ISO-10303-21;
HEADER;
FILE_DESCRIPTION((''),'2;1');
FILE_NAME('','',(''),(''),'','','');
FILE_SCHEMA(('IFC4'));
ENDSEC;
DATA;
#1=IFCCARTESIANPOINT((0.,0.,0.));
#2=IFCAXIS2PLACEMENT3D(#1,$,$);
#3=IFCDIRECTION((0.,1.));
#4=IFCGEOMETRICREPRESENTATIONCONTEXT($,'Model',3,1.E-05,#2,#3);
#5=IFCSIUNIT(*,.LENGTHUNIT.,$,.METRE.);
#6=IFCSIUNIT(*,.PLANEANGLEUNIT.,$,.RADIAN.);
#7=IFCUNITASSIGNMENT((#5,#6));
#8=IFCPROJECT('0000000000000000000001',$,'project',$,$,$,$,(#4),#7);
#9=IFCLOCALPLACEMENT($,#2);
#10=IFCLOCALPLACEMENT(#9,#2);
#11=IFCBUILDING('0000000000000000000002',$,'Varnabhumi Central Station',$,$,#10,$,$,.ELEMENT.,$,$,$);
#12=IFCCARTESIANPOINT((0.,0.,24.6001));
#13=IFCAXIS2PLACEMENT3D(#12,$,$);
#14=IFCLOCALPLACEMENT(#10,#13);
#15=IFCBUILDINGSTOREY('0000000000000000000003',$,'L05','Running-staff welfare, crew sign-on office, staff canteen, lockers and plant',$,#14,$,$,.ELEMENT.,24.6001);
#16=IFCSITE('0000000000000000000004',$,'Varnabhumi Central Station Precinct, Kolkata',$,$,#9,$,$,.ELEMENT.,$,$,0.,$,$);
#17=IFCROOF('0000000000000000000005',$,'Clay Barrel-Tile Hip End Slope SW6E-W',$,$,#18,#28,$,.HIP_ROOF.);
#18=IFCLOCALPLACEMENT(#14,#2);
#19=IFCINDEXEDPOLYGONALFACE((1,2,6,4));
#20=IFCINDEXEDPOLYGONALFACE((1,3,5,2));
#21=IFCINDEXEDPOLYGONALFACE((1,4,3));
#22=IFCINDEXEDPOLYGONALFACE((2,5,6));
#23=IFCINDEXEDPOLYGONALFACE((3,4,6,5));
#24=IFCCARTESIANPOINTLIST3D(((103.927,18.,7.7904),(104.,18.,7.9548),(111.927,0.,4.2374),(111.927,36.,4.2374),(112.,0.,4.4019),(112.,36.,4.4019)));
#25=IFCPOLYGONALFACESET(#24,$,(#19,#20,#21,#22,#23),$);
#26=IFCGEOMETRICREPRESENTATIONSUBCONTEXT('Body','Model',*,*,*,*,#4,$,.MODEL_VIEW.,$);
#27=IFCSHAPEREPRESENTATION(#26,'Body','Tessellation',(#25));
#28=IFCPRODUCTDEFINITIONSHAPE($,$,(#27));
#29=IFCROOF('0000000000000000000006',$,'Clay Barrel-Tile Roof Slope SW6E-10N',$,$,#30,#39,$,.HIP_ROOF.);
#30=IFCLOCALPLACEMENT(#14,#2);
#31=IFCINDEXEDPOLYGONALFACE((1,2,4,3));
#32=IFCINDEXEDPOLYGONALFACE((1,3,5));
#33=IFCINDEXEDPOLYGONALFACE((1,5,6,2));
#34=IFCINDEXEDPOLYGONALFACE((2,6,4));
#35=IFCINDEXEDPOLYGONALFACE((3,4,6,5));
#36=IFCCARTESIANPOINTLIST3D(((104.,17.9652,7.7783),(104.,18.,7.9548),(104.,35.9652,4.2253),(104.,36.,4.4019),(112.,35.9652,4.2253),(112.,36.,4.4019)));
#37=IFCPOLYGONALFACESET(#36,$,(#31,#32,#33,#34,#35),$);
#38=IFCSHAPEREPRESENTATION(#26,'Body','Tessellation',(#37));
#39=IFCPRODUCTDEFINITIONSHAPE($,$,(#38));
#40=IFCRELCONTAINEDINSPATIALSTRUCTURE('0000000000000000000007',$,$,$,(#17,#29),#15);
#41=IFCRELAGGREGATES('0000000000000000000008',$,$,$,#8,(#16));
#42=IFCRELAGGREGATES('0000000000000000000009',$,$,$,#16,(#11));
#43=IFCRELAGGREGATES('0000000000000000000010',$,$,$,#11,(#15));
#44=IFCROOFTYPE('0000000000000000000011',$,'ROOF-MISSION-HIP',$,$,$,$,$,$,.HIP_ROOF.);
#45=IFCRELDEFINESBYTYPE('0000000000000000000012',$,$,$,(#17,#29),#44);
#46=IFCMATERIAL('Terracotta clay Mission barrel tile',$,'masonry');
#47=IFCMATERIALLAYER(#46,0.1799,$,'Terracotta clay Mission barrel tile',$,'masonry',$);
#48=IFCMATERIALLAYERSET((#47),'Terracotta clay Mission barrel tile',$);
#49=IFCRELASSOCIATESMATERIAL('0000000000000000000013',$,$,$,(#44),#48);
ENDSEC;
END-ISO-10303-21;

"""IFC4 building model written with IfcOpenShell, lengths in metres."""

from ifc_helpers import new_model, si_unit, direction, frame, origin, place, context, subcontext, project, spatial, polyline, outline, extrude, material, layer, layer_set, type_object, element, save


model = new_model("IFC4")

# Units and contexts
model_context = context("Model", 3, precision=1e-05, world=origin(), true_north=direction((0.0, 1.0)))
body_context = subcontext(model_context, "Body", "Model", "MODEL_VIEW")
ifc_project = project(units=[si_unit("LENGTHUNIT", "METRE"), si_unit("PLANEANGLEUNIT", "RADIAN")], contexts=[model_context])

# Site, building, storey
site_placement = place(None, origin())
site = spatial("IfcSite", under=ifc_project, at=site_placement, Name="Varnabhumi Central Station Precinct, Kolkata", CompositionType="ELEMENT", RefElevation=0.0)
building_placement = place(site_placement, origin())
building = spatial("IfcBuilding", under=site, at=building_placement, Name="Varnabhumi Central Station", CompositionType="ELEMENT")
storey_placement = place(building_placement, frame((0.0, 0.0, 24.6001)))
storey = spatial("IfcBuildingStorey", under=building, at=storey_placement, Name="L05", Description="Running-staff welfare, crew sign-on office, staff canteen, lockers and plant", CompositionType="ELEMENT", Elevation=24.6001)

# Roofs
ifc_material_1 = material(Name="Terracotta clay Mission barrel tile", Category="masonry")
ifc_layer_1 = layer(ifc_material_1, 0.1799, Name="Terracotta clay Mission barrel tile", Category="masonry")
ifc_layer_set_1 = layer_set([ifc_layer_1], Name="Terracotta clay Mission barrel tile")
roof_type = type_object("IfcRoofType", Name="ROOF-MISSION-HIP", PredefinedType="HIP_ROOF", material=ifc_layer_set_1)
roof_1_placement = place(storey_placement, frame((112.0, 36.0, 4.4019), z_axis=(0.405893, 0.0, 0.913921), x_axis=(0.0, -1.0, 0.0)))
element("IfcRoof", 1, at=roof_1_placement, inside=storey, type_object=roof_type, Name="Clay Barrel-Tile Hip End Slope SW6E-W", PredefinedType="HIP_ROOF", context=body_context, shape_type="SweptSolid", body=[
    extrude(outline(polyline([(0.0, 0.0), (36.0, 0.0), (18.0, -8.7535), (0.0, 0.0)])), origin(), (0.0, 0.0, -1.0), 0.1799),
])
roof_2_placement = place(storey_placement, frame((112.0, 36.0, 4.4019), z_axis=(0.0, 0.193651, 0.98107), x_axis=(-1.0, 0.0, 0.0)))
element("IfcRoof", 2, at=roof_2_placement, inside=storey, type_object=roof_type, Name="Clay Barrel-Tile Roof Slope SW6E-10N", PredefinedType="HIP_ROOF", context=body_context, shape_type="SweptSolid", body=[
    extrude(outline(polyline([(0.0, 0.0), (8.0, 0.0), (8.0, 18.3473), (0.0, 0.0)])), origin(), (0.0, 0.0, -1.0), 0.1799),
])

save(model, "model.ifc")
